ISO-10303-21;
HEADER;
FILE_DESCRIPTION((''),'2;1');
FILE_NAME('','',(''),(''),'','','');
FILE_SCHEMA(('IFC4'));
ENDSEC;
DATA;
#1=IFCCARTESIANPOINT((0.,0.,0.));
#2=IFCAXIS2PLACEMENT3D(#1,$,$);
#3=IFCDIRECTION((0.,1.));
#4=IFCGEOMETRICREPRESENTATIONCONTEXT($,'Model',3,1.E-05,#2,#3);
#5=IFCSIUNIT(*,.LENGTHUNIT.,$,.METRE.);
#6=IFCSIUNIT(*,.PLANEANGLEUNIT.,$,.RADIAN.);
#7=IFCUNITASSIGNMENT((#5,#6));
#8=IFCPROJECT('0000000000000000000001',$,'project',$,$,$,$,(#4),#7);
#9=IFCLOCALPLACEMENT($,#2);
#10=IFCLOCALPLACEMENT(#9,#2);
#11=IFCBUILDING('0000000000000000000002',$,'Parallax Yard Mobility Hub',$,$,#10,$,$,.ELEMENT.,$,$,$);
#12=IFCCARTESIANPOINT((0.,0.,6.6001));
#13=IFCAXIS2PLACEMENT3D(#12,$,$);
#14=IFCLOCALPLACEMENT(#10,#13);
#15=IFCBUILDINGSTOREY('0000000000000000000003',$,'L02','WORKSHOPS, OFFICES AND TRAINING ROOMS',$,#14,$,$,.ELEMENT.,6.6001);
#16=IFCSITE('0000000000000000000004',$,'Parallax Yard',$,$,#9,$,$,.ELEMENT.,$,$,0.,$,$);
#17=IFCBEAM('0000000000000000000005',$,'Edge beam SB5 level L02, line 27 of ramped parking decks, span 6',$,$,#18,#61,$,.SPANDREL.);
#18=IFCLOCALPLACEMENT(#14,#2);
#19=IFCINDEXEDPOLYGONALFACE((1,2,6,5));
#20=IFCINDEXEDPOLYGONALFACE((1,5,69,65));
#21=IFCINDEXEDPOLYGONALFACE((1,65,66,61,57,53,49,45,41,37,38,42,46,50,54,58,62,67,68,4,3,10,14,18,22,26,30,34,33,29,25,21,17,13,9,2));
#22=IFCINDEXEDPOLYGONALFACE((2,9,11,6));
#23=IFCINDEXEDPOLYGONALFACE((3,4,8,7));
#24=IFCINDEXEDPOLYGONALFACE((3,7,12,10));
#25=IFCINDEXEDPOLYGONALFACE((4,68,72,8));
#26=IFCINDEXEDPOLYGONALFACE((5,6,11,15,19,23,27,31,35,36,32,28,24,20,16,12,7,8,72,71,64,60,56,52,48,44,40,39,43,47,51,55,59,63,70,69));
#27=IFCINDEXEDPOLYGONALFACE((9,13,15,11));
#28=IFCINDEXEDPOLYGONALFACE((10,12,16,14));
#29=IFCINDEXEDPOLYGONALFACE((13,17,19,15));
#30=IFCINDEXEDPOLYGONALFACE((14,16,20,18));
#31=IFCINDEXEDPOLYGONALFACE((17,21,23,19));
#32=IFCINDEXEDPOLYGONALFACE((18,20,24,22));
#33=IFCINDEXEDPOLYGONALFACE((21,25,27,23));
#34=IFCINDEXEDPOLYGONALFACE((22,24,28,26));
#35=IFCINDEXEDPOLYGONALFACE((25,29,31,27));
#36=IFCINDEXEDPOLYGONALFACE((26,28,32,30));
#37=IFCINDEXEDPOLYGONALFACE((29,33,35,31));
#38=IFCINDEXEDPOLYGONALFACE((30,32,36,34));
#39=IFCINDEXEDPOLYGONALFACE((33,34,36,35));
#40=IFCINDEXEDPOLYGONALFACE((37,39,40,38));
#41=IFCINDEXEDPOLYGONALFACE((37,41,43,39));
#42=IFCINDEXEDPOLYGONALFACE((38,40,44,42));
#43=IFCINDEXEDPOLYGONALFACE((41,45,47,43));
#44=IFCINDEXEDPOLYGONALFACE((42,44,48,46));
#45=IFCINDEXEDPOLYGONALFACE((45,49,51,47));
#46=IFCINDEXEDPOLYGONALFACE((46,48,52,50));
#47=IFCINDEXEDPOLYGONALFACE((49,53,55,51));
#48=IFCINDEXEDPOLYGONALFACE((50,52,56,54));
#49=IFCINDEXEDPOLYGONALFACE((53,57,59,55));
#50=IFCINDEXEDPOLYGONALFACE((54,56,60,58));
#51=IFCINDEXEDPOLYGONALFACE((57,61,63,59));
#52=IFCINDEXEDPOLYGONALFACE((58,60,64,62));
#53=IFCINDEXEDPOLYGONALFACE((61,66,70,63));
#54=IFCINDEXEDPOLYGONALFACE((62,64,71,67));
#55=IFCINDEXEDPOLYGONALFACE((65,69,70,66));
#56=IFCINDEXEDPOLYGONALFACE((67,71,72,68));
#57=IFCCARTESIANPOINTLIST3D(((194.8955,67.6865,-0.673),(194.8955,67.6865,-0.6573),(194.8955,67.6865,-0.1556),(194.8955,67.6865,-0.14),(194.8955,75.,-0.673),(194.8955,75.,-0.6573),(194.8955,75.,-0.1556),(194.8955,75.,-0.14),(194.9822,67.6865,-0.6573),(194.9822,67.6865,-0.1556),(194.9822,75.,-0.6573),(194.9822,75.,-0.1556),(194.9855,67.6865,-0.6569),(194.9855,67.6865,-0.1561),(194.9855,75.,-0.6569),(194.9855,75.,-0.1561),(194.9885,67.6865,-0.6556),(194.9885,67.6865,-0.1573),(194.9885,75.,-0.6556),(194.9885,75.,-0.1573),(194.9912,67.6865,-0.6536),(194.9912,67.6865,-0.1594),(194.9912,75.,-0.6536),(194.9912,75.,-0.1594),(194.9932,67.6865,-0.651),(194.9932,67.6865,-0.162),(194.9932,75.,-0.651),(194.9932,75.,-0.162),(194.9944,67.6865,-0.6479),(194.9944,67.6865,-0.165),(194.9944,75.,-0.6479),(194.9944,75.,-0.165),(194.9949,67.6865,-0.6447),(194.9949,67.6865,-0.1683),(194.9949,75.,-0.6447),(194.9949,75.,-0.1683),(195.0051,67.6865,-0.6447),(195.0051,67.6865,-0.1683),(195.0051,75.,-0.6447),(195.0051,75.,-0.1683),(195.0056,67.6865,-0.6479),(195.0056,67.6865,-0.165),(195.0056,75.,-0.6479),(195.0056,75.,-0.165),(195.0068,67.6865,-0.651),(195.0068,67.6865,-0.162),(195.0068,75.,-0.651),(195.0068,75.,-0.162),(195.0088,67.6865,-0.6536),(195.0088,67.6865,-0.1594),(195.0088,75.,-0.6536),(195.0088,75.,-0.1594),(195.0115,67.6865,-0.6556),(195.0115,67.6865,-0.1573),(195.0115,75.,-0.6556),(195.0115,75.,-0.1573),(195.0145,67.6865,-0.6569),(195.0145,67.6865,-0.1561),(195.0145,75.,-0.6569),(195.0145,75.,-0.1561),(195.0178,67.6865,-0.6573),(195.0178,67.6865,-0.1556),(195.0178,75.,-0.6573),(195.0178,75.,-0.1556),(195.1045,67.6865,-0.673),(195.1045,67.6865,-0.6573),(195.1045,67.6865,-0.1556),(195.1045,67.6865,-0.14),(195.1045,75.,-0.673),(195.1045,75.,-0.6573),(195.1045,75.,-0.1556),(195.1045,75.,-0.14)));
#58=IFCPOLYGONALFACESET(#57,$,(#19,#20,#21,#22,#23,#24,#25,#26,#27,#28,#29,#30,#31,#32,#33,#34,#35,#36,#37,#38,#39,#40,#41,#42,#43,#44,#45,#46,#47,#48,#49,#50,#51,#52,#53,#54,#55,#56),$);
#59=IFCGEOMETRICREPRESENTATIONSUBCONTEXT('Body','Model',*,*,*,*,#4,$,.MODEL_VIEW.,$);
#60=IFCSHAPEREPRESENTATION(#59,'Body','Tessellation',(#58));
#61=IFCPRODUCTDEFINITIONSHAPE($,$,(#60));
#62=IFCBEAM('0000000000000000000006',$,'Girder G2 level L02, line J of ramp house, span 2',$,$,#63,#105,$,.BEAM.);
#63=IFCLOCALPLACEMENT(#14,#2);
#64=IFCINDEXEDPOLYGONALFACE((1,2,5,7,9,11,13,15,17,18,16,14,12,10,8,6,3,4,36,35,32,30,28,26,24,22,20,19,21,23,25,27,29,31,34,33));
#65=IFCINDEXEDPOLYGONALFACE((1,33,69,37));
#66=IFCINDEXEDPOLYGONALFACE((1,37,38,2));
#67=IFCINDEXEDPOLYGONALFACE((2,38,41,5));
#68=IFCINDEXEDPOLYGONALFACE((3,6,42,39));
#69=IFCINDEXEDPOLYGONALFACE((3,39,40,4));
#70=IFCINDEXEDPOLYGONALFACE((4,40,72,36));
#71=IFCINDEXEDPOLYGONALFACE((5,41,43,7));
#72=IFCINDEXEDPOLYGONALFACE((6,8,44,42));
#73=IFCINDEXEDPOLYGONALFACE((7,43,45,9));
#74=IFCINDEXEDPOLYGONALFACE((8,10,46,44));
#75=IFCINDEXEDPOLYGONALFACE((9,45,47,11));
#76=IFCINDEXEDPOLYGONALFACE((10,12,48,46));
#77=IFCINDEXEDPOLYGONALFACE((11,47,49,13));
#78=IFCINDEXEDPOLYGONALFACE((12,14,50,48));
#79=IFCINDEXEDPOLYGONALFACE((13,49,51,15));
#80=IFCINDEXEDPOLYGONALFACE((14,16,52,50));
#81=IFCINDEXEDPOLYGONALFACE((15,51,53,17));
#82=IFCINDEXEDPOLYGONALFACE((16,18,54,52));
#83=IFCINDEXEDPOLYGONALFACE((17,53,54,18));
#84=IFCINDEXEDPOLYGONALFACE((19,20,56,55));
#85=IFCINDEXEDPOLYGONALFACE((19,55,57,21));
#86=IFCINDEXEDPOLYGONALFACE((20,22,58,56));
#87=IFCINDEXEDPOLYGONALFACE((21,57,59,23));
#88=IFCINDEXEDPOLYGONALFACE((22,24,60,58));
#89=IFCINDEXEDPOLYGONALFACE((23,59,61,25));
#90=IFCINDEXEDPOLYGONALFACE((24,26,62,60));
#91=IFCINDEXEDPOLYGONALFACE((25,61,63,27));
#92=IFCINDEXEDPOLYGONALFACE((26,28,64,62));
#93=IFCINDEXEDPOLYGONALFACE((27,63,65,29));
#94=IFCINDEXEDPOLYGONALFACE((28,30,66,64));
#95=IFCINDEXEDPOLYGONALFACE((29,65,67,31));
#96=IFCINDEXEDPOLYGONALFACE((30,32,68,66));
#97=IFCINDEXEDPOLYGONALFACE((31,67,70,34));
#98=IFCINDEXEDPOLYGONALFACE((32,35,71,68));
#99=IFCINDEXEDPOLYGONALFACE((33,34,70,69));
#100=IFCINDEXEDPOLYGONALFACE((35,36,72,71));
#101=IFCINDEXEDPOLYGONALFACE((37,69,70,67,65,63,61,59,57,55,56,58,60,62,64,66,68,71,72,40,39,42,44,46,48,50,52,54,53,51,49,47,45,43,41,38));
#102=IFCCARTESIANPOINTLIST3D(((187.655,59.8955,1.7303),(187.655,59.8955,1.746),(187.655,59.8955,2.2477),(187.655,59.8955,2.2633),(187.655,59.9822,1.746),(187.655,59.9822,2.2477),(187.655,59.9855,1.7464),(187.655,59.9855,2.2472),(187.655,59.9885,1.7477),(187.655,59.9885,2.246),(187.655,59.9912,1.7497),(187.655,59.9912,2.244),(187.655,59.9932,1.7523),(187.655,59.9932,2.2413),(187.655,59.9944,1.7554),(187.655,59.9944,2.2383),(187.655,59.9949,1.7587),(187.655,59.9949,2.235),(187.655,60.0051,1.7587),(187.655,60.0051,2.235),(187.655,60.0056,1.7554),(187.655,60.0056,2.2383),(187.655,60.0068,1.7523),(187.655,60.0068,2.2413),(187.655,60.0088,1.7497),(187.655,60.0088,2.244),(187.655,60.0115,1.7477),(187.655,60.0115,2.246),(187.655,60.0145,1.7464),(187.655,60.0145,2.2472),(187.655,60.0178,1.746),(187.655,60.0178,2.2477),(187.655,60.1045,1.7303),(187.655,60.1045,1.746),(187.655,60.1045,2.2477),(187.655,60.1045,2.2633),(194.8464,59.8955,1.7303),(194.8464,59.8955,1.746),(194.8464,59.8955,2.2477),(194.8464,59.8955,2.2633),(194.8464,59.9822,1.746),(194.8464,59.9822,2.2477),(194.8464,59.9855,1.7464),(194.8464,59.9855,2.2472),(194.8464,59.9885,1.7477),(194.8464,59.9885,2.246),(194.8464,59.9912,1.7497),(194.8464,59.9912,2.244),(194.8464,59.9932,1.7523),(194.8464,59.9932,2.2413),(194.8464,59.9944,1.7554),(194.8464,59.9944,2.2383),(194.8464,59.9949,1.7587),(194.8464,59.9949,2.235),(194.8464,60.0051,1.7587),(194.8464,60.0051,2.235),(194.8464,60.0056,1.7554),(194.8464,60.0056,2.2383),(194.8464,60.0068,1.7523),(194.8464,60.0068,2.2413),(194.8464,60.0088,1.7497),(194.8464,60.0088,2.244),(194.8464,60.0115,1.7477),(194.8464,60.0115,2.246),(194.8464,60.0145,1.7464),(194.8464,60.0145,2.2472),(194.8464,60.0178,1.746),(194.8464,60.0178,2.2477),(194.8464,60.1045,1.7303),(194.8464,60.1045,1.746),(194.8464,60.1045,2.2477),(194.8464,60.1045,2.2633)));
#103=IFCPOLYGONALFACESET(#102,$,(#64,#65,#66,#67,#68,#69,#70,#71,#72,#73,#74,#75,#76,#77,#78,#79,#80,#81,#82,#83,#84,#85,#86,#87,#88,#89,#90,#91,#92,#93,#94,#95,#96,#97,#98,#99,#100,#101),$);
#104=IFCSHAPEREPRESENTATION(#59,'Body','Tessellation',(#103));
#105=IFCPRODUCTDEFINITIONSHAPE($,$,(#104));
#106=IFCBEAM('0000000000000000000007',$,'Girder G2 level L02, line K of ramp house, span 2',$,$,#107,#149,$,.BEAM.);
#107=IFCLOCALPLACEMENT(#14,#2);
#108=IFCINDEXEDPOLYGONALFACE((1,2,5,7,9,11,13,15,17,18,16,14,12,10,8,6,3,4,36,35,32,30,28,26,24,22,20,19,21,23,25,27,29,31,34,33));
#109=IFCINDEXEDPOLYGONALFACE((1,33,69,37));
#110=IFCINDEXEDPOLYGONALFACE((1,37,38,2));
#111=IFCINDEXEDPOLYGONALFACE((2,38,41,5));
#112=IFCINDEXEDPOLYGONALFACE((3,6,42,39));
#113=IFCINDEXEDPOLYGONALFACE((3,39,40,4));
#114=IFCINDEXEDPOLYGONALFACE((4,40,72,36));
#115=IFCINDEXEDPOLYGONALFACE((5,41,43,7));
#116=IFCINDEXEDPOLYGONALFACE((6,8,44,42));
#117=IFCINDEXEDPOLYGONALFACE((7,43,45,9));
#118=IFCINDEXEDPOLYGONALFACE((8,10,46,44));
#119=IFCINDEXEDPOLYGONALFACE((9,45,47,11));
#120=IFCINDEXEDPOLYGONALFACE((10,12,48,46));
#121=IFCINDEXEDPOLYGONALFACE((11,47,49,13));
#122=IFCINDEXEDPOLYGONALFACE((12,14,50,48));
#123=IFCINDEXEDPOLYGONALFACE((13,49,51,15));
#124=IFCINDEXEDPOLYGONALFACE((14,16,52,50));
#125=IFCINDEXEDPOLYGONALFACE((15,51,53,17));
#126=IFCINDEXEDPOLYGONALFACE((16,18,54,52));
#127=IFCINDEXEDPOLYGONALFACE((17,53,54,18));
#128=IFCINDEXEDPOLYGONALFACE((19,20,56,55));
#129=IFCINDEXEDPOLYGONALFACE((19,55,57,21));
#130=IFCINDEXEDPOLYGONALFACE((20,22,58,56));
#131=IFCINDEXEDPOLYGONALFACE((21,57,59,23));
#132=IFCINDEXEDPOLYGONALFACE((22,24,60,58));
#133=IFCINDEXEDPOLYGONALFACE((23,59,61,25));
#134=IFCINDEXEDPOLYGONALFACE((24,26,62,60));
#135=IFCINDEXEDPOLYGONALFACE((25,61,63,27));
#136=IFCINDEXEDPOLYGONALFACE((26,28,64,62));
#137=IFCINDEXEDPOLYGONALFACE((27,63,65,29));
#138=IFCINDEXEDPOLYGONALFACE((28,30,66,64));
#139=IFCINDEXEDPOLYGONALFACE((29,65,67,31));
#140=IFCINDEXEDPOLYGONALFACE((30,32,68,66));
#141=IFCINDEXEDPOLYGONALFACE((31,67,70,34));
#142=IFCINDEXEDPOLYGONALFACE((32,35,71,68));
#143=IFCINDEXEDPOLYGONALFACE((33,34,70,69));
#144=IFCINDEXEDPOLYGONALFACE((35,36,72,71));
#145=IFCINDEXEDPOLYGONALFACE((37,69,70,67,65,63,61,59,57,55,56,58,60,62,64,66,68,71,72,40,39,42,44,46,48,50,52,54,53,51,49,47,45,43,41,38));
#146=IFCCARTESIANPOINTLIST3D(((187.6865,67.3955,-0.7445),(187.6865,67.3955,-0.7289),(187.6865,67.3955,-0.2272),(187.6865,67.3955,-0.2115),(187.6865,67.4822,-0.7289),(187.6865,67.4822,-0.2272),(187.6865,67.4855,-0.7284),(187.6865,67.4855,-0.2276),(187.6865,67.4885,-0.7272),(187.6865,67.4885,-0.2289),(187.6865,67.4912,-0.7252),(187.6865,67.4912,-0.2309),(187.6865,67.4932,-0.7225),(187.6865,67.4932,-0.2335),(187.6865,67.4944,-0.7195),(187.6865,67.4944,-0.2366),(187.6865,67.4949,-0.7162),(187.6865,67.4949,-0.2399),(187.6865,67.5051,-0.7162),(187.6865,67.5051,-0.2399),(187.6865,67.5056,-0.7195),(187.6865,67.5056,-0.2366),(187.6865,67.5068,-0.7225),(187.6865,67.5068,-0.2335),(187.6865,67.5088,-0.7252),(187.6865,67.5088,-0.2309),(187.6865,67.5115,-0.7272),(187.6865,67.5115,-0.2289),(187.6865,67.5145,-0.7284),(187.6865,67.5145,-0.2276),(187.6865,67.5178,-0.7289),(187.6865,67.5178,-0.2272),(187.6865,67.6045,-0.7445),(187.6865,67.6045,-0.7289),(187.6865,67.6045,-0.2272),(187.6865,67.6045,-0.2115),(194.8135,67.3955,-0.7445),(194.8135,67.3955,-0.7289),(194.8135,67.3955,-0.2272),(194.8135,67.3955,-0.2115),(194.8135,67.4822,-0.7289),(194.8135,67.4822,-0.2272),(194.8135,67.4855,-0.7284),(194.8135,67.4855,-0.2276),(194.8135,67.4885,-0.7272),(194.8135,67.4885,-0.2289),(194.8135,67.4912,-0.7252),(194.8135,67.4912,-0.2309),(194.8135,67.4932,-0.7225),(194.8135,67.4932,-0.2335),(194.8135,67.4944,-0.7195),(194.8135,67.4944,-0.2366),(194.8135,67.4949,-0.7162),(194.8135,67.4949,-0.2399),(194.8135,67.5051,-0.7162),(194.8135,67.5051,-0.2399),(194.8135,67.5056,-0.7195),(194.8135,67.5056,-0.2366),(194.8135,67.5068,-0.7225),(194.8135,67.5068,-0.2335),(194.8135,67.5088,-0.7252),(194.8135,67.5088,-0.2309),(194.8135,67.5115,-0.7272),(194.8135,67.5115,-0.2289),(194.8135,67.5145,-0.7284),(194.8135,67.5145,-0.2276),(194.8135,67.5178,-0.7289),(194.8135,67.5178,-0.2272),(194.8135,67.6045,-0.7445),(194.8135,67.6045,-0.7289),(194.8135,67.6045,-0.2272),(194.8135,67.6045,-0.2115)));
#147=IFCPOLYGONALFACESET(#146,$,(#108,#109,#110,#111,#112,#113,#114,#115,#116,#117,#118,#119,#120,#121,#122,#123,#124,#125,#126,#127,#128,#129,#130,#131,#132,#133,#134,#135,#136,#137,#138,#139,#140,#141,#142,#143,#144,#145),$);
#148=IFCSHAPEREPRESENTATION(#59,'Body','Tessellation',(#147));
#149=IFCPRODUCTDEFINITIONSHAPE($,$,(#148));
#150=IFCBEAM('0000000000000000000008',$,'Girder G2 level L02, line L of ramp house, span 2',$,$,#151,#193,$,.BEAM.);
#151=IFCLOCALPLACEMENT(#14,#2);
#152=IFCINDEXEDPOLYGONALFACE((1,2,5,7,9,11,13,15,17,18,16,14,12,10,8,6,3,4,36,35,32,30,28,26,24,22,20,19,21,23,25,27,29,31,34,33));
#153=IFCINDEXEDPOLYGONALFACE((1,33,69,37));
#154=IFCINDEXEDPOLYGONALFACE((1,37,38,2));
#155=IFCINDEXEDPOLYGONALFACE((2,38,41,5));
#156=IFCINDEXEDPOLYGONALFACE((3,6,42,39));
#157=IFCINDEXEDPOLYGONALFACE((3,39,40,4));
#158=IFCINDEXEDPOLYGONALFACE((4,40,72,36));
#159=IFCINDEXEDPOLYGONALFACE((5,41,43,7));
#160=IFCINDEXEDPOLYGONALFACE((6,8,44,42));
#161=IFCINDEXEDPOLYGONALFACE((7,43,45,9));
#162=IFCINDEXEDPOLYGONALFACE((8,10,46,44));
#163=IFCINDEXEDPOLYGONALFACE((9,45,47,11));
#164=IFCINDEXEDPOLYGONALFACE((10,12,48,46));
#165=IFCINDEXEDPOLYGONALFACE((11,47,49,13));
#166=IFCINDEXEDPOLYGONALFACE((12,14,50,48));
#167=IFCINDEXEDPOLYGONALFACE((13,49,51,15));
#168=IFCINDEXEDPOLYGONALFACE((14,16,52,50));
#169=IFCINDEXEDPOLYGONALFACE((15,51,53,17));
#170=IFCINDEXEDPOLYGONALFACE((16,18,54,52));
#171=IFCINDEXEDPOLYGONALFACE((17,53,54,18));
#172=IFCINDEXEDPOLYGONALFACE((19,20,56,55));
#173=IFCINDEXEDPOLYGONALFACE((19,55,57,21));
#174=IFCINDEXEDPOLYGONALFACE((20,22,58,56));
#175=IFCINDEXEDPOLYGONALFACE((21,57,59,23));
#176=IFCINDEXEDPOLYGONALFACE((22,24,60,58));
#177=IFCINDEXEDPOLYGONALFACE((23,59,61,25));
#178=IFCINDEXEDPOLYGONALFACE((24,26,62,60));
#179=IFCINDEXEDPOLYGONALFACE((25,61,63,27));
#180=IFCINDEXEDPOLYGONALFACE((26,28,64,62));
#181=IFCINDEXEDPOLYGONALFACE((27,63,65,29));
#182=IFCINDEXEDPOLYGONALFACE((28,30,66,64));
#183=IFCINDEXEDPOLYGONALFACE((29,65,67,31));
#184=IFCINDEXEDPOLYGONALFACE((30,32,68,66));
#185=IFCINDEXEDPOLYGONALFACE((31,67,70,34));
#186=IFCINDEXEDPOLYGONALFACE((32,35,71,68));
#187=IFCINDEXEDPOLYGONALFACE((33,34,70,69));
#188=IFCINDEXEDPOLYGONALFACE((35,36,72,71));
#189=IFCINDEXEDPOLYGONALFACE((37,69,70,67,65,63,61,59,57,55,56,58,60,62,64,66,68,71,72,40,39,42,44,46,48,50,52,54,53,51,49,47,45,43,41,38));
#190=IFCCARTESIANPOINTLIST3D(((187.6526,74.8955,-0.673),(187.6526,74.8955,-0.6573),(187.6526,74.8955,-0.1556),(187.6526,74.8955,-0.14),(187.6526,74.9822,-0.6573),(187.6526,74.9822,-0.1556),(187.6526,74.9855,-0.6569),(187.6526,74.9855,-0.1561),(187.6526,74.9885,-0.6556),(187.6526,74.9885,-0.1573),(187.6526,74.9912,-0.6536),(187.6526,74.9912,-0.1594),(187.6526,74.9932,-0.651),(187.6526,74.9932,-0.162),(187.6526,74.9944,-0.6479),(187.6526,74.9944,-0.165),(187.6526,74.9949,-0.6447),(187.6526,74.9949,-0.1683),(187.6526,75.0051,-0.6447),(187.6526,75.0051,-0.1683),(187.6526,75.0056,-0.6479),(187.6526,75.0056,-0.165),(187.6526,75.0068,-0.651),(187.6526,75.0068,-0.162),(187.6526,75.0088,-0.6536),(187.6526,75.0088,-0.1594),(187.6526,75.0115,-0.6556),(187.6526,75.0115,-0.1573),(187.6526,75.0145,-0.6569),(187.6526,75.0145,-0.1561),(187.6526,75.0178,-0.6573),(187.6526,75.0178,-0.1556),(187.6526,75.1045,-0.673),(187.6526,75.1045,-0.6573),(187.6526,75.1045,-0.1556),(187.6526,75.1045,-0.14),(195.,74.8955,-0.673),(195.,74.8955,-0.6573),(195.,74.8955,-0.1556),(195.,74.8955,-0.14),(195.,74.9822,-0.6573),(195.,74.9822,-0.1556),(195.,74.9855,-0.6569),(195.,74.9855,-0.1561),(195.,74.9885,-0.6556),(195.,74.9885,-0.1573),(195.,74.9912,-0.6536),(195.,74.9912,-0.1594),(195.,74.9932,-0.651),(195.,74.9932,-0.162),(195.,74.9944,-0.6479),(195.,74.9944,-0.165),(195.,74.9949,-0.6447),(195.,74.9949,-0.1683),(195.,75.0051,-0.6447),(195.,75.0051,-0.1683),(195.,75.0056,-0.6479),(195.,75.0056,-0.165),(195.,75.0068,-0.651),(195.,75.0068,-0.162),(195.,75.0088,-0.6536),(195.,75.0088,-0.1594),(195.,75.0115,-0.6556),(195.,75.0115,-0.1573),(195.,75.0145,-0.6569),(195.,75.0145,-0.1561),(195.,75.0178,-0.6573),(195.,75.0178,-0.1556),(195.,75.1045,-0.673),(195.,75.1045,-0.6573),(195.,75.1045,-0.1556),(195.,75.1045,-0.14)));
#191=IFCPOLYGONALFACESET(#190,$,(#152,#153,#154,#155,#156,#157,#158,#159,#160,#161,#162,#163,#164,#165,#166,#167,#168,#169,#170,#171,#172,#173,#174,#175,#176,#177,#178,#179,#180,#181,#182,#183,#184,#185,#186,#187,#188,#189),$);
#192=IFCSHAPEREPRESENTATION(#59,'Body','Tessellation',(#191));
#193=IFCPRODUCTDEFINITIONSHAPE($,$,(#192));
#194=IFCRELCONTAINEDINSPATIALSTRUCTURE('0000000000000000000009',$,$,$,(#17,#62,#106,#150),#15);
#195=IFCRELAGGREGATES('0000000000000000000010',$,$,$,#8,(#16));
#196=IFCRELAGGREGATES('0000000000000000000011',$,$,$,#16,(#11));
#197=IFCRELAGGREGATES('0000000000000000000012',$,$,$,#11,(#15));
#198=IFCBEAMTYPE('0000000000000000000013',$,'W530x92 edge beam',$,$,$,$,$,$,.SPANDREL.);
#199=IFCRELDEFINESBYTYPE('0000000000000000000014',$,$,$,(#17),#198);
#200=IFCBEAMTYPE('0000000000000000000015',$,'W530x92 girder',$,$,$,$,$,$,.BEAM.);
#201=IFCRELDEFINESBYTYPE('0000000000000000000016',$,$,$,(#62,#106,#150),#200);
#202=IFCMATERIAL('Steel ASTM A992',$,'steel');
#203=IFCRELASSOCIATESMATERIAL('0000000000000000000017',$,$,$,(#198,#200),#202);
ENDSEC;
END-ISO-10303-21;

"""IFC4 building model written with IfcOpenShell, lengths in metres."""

from ifc_helpers import new_model, si_unit, direction, frame, origin, origin_2d, place, context, subcontext, project, spatial, i_section, extrude, material, material_profile, profile_set, type_object, element, save


model = new_model("IFC4")

# Units and contexts
model_context = context("Model", 3, precision=1e-05, world=origin(), true_north=direction((0.0, 1.0)))
body_context = subcontext(model_context, "Body", "Model", "MODEL_VIEW")
ifc_project = project(units=[si_unit("LENGTHUNIT", "METRE"), si_unit("PLANEANGLEUNIT", "RADIAN")], contexts=[model_context])

# Site, building, storey
site_placement = place(None, origin())
site = spatial("IfcSite", under=ifc_project, at=site_placement, Name="Parallax Yard", CompositionType="ELEMENT", RefElevation=0.0)
building_placement = place(site_placement, origin())
building = spatial("IfcBuilding", under=site, at=building_placement, Name="Parallax Yard Mobility Hub", CompositionType="ELEMENT")
storey_placement = place(building_placement, frame((0.0, 0.0, 6.6001)))
storey = spatial("IfcBuildingStorey", under=building, at=storey_placement, Name="L02", Description="WORKSHOPS, OFFICES AND TRAINING ROOMS", CompositionType="ELEMENT", Elevation=6.6001)

# Shared definitions
ifc_material_1 = material(Name="Steel ASTM A992", Category="steel")

# Beams
ifc_material_profile_1 = material_profile(ifc_material_1, i_section(OverallWidth=0.209, OverallDepth=0.533, WebThickness=0.0103, FlangeThickness=0.0156, FilletRadius=0.0127, at=origin_2d()), Name="W530x92")
ifc_profile_set_1 = profile_set([ifc_material_profile_1], Name="Steel ASTM A992")
beam_type_1 = type_object("IfcBeamType", Name="W530x92 edge beam", PredefinedType="SPANDREL", material=ifc_profile_set_1)
beam_1_placement = place(storey_placement, frame((195.0, 67.6865, -0.4065), z_axis=(0.0, 1.0, 0.0), x_axis=(-1.0, 0.0, 0.0)))
element("IfcBeam", 1, at=beam_1_placement, inside=storey, type_object=beam_type_1, Name="Edge beam SB5 level L02, line 27 of ramped parking decks, span 6", PredefinedType="SPANDREL", context=body_context, shape_type="SweptSolid", body=[
    extrude(i_section(OverallWidth=0.209, OverallDepth=0.533, WebThickness=0.0103, FlangeThickness=0.0156, FilletRadius=0.0127, at=origin_2d()), origin(), (0.0, 0.0, 1.0), 7.3135),
])
ifc_material_profile_2 = material_profile(ifc_material_1, i_section(OverallWidth=0.209, OverallDepth=0.533, WebThickness=0.0103, FlangeThickness=0.0156, FilletRadius=0.0127, at=origin_2d()), Name="W530x92")
ifc_profile_set_2 = profile_set([ifc_material_profile_2], Name="Steel ASTM A992")
beam_type_2 = type_object("IfcBeamType", Name="W530x92 girder", PredefinedType="BEAM", material=ifc_profile_set_2)
beam_2_placement = place(storey_placement, frame((187.655, 60.0, 1.9968), z_axis=(1.0, 0.0, 0.0), x_axis=(0.0, 1.0, 0.0)))
element("IfcBeam", 2, at=beam_2_placement, inside=storey, type_object=beam_type_2, Name="Girder G2 level L02, line J of ramp house, span 2", PredefinedType="BEAM", context=body_context, shape_type="SweptSolid", body=[
    extrude(i_section(OverallWidth=0.209, OverallDepth=0.533, WebThickness=0.0103, FlangeThickness=0.0156, FilletRadius=0.0127, at=origin_2d()), origin(), (0.0, 0.0, 1.0), 7.1914),
])
beam_3_placement = place(storey_placement, frame((187.6865, 67.5, -0.478), z_axis=(1.0, 0.0, 0.0), x_axis=(0.0, 1.0, 0.0)))
element("IfcBeam", 3, at=beam_3_placement, inside=storey, type_object=beam_type_2, Name="Girder G2 level L02, line K of ramp house, span 2", PredefinedType="BEAM", context=body_context, shape_type="SweptSolid", body=[
    extrude(i_section(OverallWidth=0.209, OverallDepth=0.533, WebThickness=0.0103, FlangeThickness=0.0156, FilletRadius=0.0127, at=origin_2d()), origin(), (0.0, 0.0, 1.0), 7.127),
])
beam_4_placement = place(storey_placement, frame((187.6526, 75.0, -0.4065), z_axis=(1.0, 0.0, 0.0), x_axis=(0.0, 1.0, 0.0)))
element("IfcBeam", 4, at=beam_4_placement, inside=storey, type_object=beam_type_2, Name="Girder G2 level L02, line L of ramp house, span 2", PredefinedType="BEAM", context=body_context, shape_type="SweptSolid", body=[
    extrude(i_section(OverallWidth=0.209, OverallDepth=0.533, WebThickness=0.0103, FlangeThickness=0.0156, FilletRadius=0.0127, at=origin_2d()), origin(), (0.0, 0.0, 1.0), 7.3474),
])

save(model, "model.ifc")
